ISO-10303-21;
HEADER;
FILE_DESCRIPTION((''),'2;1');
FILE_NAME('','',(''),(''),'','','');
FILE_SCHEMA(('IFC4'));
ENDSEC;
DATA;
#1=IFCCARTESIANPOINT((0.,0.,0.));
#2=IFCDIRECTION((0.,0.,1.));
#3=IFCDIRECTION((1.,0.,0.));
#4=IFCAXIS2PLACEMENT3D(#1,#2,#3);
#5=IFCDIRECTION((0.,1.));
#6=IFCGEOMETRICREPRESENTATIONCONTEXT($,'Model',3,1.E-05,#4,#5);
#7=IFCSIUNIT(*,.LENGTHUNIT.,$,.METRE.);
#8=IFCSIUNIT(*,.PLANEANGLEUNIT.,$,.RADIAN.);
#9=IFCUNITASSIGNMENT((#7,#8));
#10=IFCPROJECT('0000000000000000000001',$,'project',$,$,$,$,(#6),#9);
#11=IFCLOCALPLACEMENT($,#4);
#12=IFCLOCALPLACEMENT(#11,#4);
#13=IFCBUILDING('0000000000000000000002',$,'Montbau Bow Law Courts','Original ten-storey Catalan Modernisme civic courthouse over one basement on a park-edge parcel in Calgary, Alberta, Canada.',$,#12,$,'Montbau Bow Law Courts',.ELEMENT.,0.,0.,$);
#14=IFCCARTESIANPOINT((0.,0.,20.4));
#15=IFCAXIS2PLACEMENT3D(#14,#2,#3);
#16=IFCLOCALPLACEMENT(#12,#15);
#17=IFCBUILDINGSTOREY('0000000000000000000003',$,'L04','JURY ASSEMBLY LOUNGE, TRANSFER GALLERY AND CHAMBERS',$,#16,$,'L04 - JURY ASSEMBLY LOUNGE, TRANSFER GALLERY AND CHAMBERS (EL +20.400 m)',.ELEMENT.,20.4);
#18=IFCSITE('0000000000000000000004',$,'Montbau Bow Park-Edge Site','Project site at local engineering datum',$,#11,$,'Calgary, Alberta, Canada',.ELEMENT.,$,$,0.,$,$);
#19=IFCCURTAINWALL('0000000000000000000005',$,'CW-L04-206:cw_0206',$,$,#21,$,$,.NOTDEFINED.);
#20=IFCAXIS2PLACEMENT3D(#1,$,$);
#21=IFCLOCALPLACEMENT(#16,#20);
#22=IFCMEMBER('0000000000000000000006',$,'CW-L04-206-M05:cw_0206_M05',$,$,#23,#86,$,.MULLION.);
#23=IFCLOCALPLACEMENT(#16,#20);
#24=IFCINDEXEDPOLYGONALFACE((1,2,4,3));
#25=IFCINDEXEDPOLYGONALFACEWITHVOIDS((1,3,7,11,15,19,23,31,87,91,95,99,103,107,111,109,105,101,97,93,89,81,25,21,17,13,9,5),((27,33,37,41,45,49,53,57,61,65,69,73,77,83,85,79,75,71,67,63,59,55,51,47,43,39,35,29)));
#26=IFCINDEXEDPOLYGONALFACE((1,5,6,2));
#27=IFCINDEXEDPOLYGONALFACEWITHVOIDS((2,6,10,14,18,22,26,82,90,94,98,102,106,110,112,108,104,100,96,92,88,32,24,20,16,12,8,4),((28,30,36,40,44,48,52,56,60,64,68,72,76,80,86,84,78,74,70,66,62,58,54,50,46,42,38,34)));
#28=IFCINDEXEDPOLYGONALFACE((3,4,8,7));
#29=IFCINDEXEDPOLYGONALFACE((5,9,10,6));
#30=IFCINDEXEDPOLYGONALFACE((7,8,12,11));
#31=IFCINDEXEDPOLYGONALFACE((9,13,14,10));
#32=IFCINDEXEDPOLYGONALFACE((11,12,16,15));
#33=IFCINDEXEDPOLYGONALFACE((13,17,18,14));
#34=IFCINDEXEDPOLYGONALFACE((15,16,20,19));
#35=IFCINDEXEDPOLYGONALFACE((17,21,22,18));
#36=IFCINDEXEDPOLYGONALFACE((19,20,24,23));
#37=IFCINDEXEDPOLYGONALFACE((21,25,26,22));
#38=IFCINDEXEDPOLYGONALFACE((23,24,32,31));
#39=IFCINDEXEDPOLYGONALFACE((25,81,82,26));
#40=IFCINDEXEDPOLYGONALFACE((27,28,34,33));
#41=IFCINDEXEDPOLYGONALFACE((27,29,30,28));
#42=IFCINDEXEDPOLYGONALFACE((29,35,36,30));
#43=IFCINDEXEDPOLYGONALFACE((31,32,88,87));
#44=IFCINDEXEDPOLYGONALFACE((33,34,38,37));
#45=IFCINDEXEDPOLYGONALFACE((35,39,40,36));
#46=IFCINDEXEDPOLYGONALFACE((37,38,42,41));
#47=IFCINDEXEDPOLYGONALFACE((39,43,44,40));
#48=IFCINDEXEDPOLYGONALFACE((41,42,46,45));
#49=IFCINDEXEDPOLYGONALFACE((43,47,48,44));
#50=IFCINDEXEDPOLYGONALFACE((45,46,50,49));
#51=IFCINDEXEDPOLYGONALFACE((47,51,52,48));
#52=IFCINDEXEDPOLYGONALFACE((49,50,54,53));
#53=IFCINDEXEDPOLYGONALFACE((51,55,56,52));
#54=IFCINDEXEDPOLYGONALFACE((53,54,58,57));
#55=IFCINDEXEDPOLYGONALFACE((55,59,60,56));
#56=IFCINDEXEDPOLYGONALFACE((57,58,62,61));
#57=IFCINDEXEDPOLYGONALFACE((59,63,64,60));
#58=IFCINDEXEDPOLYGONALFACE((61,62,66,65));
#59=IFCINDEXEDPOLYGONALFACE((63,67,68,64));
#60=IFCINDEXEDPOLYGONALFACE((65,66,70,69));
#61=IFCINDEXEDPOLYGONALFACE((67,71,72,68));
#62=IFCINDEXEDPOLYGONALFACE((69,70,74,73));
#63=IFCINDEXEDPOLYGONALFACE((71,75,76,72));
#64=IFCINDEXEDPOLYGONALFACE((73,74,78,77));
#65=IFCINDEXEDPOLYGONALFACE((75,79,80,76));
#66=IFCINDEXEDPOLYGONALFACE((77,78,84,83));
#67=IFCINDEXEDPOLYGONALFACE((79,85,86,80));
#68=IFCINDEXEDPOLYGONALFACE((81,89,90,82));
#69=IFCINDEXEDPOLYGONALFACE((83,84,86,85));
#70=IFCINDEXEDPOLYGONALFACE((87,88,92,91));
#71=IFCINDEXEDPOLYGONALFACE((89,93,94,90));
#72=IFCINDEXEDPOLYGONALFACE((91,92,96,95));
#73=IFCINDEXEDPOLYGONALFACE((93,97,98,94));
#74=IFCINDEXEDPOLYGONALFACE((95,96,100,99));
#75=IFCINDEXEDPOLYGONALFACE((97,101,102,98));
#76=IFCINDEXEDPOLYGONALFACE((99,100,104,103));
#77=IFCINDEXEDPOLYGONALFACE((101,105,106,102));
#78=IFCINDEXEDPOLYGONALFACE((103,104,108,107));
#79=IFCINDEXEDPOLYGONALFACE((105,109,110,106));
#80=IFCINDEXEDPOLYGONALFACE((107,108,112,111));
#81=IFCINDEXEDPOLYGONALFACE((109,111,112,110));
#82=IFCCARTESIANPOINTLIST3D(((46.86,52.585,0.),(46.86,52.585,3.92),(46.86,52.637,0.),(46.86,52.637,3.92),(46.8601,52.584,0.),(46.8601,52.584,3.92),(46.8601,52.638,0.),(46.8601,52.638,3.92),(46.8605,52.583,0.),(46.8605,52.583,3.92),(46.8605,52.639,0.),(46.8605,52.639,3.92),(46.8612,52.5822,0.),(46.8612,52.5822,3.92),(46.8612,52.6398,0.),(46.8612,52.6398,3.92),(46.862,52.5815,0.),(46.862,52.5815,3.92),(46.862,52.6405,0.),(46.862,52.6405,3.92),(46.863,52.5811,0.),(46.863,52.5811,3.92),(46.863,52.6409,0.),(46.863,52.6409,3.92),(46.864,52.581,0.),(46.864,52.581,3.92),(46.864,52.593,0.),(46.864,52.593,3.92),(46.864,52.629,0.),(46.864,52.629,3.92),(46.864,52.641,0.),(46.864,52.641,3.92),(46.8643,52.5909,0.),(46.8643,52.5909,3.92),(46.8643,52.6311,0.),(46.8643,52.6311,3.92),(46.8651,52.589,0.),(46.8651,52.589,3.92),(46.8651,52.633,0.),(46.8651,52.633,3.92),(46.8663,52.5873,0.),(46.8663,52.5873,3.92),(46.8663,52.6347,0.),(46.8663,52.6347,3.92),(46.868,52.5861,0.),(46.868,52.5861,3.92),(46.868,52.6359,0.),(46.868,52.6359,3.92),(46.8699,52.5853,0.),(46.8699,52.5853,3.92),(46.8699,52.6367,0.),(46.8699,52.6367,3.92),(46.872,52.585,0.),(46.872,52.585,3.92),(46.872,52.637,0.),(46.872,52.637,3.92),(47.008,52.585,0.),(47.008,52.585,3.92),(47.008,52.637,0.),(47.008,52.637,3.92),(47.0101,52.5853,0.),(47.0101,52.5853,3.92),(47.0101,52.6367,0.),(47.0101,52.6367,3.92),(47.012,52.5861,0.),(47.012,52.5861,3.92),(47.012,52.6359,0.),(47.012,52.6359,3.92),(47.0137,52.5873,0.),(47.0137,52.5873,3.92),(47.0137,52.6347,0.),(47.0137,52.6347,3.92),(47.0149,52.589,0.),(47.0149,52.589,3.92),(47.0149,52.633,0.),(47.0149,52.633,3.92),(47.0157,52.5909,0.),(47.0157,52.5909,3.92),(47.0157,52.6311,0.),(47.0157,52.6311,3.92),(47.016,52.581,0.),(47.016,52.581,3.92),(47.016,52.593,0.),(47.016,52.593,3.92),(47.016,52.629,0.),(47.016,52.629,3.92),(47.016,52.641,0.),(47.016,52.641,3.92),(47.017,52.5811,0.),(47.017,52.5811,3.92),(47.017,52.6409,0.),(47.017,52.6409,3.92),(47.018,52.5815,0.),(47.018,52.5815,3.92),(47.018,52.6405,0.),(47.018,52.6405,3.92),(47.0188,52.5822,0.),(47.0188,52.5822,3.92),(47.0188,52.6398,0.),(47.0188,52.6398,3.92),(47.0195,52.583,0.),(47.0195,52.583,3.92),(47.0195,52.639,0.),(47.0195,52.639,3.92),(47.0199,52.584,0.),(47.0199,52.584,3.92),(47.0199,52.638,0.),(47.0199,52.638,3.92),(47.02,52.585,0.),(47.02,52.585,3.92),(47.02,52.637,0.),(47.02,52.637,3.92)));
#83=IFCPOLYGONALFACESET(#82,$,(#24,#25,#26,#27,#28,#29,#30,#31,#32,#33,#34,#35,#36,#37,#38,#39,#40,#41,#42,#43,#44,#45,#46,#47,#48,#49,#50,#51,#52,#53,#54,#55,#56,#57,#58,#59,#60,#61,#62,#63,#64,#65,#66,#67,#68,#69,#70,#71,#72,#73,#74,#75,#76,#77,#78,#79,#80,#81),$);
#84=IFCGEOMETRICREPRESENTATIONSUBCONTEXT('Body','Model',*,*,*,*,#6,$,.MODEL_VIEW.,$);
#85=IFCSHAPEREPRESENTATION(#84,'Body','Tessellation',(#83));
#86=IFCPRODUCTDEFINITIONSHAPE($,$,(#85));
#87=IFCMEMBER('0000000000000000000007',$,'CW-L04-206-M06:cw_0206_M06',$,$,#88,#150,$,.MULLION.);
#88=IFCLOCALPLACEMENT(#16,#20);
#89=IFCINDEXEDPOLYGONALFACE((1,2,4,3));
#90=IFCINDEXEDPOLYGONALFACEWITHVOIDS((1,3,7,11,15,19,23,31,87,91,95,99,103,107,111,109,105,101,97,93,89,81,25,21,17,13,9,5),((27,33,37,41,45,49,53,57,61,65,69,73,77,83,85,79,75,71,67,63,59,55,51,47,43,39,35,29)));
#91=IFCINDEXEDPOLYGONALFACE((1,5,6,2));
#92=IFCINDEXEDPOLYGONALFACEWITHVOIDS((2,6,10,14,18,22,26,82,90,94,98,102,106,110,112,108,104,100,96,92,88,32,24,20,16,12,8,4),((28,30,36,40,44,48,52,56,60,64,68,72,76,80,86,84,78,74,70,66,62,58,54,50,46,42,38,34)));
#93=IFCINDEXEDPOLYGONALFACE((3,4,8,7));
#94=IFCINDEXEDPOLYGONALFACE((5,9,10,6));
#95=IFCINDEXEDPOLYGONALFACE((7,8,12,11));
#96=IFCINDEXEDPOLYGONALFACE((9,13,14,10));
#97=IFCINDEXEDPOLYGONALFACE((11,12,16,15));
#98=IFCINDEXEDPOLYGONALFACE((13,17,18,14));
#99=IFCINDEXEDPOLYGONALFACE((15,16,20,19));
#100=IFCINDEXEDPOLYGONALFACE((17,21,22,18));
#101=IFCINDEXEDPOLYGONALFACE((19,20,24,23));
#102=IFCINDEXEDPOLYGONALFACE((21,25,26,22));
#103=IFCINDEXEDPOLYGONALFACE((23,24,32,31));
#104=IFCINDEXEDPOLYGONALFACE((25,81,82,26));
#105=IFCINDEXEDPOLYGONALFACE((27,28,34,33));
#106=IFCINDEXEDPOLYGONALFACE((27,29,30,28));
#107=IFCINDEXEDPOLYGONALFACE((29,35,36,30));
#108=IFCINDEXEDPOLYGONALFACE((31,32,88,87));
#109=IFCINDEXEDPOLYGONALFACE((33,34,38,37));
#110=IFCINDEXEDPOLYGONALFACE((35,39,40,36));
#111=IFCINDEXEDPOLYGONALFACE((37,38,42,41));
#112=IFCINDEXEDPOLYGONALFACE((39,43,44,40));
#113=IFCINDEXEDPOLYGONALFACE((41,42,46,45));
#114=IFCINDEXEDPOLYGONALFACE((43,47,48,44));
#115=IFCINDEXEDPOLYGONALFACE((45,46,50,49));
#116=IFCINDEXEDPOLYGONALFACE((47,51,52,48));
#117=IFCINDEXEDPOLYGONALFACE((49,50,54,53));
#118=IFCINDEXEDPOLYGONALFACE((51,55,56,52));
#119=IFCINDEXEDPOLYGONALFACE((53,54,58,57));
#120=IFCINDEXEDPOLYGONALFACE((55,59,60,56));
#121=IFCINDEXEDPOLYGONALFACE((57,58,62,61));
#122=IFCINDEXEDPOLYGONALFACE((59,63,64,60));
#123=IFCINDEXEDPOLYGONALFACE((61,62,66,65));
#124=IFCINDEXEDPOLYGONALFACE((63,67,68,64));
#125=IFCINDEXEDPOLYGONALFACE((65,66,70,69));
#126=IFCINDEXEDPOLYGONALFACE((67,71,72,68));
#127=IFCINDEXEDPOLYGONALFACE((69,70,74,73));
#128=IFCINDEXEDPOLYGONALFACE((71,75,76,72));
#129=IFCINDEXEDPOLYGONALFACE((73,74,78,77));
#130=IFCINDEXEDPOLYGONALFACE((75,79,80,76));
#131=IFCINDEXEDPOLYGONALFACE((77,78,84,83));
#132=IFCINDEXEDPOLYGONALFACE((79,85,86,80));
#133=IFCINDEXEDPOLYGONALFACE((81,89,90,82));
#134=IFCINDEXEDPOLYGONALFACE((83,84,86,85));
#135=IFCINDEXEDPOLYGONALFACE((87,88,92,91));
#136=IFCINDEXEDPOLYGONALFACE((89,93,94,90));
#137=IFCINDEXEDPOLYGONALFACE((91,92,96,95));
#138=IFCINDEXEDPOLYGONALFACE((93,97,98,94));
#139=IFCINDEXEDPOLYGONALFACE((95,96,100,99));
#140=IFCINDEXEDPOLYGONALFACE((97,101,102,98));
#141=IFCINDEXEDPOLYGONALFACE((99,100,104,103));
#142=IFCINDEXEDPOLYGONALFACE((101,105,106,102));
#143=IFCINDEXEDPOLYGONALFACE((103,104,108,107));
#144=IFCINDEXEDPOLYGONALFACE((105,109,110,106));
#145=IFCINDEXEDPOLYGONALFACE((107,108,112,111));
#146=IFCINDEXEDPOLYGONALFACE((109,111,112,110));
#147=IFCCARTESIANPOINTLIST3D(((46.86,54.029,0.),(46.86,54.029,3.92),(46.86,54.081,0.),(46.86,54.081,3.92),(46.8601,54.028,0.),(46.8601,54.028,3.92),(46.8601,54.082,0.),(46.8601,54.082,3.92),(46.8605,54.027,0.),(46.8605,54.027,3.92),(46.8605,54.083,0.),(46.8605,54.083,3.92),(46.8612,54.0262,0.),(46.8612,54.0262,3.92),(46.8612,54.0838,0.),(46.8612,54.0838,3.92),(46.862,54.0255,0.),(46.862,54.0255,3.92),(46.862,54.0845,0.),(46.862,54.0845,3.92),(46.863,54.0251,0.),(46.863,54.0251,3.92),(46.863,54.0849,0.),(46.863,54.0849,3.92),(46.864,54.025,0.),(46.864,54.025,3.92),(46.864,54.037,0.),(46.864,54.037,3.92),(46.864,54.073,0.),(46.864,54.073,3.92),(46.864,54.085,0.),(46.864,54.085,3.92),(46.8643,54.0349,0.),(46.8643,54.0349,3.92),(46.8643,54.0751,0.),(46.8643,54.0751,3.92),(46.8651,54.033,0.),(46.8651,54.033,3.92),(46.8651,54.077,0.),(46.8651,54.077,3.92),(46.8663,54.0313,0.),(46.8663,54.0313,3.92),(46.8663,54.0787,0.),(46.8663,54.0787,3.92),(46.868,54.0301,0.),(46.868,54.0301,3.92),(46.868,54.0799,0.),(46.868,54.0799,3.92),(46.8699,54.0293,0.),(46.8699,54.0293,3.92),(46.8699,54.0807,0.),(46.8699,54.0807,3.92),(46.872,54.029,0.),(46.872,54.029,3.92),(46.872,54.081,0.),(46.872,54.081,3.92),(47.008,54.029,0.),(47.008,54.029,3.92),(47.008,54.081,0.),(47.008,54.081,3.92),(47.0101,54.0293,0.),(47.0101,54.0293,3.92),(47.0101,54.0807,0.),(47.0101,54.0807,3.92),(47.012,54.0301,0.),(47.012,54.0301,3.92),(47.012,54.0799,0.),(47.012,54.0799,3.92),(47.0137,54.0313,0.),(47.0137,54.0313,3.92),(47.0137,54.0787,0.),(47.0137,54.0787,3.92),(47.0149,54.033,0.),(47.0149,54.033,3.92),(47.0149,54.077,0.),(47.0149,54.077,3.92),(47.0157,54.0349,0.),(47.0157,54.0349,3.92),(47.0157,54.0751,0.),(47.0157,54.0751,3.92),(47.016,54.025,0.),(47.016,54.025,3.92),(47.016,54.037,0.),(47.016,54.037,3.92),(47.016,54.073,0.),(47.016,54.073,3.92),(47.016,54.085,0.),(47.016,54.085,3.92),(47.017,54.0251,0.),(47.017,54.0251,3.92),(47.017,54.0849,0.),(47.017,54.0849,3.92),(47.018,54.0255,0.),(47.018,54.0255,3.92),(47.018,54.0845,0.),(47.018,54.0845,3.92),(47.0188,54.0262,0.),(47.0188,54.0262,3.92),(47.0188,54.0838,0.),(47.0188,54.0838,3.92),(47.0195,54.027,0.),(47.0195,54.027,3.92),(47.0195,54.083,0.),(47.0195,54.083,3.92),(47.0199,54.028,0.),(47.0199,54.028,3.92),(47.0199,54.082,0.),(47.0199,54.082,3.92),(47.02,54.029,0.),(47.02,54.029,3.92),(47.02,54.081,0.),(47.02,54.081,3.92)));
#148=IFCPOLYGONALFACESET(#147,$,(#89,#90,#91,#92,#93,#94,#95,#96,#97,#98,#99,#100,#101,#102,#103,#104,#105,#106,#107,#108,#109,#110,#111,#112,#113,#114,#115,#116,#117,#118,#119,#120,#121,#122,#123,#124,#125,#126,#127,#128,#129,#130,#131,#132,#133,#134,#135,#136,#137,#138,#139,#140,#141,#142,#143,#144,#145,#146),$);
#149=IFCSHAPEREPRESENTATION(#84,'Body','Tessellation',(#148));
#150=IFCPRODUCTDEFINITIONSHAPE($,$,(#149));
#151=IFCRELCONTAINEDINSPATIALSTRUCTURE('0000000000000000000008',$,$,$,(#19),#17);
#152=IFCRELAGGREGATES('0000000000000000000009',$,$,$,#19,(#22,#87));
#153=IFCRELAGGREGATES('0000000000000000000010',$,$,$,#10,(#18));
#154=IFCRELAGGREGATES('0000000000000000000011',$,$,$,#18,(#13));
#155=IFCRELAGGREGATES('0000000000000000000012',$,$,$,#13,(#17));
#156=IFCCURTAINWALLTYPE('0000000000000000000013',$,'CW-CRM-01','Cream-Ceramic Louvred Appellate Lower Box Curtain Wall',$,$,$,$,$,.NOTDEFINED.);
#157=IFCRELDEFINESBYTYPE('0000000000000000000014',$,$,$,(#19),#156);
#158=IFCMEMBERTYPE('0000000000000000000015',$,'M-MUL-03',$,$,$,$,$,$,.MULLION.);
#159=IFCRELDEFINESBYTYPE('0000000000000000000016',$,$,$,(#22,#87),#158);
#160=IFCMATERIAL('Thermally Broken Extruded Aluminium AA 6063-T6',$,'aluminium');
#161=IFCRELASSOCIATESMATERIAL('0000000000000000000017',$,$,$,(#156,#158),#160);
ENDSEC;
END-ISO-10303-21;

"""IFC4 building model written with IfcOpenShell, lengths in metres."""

from ifc_helpers import new_model, si_unit, direction, frame, origin_with_axes, origin_2d_with_axis, place, context, subcontext, project, spatial, hollow_rectangle, extrude, material, material_profile, profile_set, type_object, element, aggregate, save


model = new_model("IFC4")

# Units and contexts
model_context = context("Model", 3, precision=1e-05, world=origin_with_axes(), true_north=direction((0.0, 1.0)))
body_context = subcontext(model_context, "Body", "Model", "MODEL_VIEW")
ifc_project = project(units=[si_unit("LENGTHUNIT", "METRE"), si_unit("PLANEANGLEUNIT", "RADIAN")], contexts=[model_context])

# Site, building, storey
site_placement = place(None, origin_with_axes())
site = spatial("IfcSite", under=ifc_project, at=site_placement, Name="Montbau Bow Park-Edge Site", Description="Project site at local engineering datum", LongName="Calgary, Alberta, Canada", CompositionType="ELEMENT", RefElevation=0.0)
building_placement = place(site_placement, origin_with_axes())
building = spatial("IfcBuilding", under=site, at=building_placement, Name="Montbau Bow Law Courts", Description="Original ten-storey Catalan Modernisme civic courthouse over one basement on a park-edge parcel in Calgary, Alberta, Canada.", LongName="Montbau Bow Law Courts", CompositionType="ELEMENT", ElevationOfRefHeight=0.0, ElevationOfTerrain=0.0)
storey_placement = place(building_placement, frame((0.0, 0.0, 20.4), z_axis=(0.0, 0.0, 1.0), x_axis=(1.0, 0.0, 0.0)))
storey = spatial("IfcBuildingStorey", under=building, at=storey_placement, Name="L04", Description="JURY ASSEMBLY LOUNGE, TRANSFER GALLERY AND CHAMBERS", LongName="L04 - JURY ASSEMBLY LOUNGE, TRANSFER GALLERY AND CHAMBERS (EL +20.400 m)", CompositionType="ELEMENT", Elevation=20.4)

# Curtain wall, members
ifc_material_1 = material(Name="Thermally Broken Extruded Aluminium AA 6063-T6", Category="aluminium")
curtain_wall_type = type_object("IfcCurtainWallType", Name="CW-CRM-01", Description="Cream-Ceramic Louvred Appellate Lower Box Curtain Wall", PredefinedType="NOTDEFINED", material=ifc_material_1)
curtain_wall_1_placement = place(None, frame((46.94, 46.715, 20.4), z_axis=(0.0, 0.0, 1.0), x_axis=(1.0, 0.0, 0.0)))
curtain_wall_1 = element("IfcCurtainWall", 1, at=curtain_wall_1_placement, inside=storey, type_object=curtain_wall_type, Name="CW-L04-206:cw_0206", PredefinedType="NOTDEFINED")
ifc_material_profile_1 = material_profile(ifc_material_1, hollow_rectangle(XDim=0.06, YDim=0.16, WallThickness=0.004, InnerFilletRadius=0.008, OuterFilletRadius=0.004, at=origin_2d_with_axis()), Name="CWM-160X60", Category="Main", Priority=0)
ifc_profile_set_1 = profile_set([ifc_material_profile_1], Name="Thermally Broken Extruded Aluminium AA 6063-T6")
member_type_1 = type_object("IfcMemberType", Name="M-MUL-03", PredefinedType="MULLION", material=ifc_profile_set_1)
member_1_placement = place(None, frame((46.94, 52.611, 20.4), z_axis=(0.0, 0.0, 1.0), x_axis=(0.0, 1.0, 0.0)))
member_1 = element("IfcMember", 2, at=member_1_placement, type_object=member_type_1, Name="CW-L04-206-M05:cw_0206_M05", PredefinedType="MULLION", context=body_context, shape_type="SweptSolid", body=[
    extrude(hollow_rectangle(XDim=0.06, YDim=0.16, WallThickness=0.004, InnerFilletRadius=0.008, OuterFilletRadius=0.004, at=origin_2d_with_axis()), origin_with_axes(), (0.0, 0.0, 1.0), 3.92),
])
member_2_placement = place(None, frame((46.94, 54.055, 20.4), z_axis=(0.0, 0.0, 1.0), x_axis=(0.0, 1.0, 0.0)))
member_2 = element("IfcMember", 3, at=member_2_placement, type_object=member_type_1, Name="CW-L04-206-M06:cw_0206_M06", PredefinedType="MULLION", context=body_context, shape_type="SweptSolid", body=[
    extrude(hollow_rectangle(XDim=0.06, YDim=0.16, WallThickness=0.004, InnerFilletRadius=0.008, OuterFilletRadius=0.004, at=origin_2d_with_axis()), origin_with_axes(), (0.0, 0.0, 1.0), 3.92),
])

aggregate(curtain_wall_1, [member_1, member_2])

save(model, "model.ifc")
